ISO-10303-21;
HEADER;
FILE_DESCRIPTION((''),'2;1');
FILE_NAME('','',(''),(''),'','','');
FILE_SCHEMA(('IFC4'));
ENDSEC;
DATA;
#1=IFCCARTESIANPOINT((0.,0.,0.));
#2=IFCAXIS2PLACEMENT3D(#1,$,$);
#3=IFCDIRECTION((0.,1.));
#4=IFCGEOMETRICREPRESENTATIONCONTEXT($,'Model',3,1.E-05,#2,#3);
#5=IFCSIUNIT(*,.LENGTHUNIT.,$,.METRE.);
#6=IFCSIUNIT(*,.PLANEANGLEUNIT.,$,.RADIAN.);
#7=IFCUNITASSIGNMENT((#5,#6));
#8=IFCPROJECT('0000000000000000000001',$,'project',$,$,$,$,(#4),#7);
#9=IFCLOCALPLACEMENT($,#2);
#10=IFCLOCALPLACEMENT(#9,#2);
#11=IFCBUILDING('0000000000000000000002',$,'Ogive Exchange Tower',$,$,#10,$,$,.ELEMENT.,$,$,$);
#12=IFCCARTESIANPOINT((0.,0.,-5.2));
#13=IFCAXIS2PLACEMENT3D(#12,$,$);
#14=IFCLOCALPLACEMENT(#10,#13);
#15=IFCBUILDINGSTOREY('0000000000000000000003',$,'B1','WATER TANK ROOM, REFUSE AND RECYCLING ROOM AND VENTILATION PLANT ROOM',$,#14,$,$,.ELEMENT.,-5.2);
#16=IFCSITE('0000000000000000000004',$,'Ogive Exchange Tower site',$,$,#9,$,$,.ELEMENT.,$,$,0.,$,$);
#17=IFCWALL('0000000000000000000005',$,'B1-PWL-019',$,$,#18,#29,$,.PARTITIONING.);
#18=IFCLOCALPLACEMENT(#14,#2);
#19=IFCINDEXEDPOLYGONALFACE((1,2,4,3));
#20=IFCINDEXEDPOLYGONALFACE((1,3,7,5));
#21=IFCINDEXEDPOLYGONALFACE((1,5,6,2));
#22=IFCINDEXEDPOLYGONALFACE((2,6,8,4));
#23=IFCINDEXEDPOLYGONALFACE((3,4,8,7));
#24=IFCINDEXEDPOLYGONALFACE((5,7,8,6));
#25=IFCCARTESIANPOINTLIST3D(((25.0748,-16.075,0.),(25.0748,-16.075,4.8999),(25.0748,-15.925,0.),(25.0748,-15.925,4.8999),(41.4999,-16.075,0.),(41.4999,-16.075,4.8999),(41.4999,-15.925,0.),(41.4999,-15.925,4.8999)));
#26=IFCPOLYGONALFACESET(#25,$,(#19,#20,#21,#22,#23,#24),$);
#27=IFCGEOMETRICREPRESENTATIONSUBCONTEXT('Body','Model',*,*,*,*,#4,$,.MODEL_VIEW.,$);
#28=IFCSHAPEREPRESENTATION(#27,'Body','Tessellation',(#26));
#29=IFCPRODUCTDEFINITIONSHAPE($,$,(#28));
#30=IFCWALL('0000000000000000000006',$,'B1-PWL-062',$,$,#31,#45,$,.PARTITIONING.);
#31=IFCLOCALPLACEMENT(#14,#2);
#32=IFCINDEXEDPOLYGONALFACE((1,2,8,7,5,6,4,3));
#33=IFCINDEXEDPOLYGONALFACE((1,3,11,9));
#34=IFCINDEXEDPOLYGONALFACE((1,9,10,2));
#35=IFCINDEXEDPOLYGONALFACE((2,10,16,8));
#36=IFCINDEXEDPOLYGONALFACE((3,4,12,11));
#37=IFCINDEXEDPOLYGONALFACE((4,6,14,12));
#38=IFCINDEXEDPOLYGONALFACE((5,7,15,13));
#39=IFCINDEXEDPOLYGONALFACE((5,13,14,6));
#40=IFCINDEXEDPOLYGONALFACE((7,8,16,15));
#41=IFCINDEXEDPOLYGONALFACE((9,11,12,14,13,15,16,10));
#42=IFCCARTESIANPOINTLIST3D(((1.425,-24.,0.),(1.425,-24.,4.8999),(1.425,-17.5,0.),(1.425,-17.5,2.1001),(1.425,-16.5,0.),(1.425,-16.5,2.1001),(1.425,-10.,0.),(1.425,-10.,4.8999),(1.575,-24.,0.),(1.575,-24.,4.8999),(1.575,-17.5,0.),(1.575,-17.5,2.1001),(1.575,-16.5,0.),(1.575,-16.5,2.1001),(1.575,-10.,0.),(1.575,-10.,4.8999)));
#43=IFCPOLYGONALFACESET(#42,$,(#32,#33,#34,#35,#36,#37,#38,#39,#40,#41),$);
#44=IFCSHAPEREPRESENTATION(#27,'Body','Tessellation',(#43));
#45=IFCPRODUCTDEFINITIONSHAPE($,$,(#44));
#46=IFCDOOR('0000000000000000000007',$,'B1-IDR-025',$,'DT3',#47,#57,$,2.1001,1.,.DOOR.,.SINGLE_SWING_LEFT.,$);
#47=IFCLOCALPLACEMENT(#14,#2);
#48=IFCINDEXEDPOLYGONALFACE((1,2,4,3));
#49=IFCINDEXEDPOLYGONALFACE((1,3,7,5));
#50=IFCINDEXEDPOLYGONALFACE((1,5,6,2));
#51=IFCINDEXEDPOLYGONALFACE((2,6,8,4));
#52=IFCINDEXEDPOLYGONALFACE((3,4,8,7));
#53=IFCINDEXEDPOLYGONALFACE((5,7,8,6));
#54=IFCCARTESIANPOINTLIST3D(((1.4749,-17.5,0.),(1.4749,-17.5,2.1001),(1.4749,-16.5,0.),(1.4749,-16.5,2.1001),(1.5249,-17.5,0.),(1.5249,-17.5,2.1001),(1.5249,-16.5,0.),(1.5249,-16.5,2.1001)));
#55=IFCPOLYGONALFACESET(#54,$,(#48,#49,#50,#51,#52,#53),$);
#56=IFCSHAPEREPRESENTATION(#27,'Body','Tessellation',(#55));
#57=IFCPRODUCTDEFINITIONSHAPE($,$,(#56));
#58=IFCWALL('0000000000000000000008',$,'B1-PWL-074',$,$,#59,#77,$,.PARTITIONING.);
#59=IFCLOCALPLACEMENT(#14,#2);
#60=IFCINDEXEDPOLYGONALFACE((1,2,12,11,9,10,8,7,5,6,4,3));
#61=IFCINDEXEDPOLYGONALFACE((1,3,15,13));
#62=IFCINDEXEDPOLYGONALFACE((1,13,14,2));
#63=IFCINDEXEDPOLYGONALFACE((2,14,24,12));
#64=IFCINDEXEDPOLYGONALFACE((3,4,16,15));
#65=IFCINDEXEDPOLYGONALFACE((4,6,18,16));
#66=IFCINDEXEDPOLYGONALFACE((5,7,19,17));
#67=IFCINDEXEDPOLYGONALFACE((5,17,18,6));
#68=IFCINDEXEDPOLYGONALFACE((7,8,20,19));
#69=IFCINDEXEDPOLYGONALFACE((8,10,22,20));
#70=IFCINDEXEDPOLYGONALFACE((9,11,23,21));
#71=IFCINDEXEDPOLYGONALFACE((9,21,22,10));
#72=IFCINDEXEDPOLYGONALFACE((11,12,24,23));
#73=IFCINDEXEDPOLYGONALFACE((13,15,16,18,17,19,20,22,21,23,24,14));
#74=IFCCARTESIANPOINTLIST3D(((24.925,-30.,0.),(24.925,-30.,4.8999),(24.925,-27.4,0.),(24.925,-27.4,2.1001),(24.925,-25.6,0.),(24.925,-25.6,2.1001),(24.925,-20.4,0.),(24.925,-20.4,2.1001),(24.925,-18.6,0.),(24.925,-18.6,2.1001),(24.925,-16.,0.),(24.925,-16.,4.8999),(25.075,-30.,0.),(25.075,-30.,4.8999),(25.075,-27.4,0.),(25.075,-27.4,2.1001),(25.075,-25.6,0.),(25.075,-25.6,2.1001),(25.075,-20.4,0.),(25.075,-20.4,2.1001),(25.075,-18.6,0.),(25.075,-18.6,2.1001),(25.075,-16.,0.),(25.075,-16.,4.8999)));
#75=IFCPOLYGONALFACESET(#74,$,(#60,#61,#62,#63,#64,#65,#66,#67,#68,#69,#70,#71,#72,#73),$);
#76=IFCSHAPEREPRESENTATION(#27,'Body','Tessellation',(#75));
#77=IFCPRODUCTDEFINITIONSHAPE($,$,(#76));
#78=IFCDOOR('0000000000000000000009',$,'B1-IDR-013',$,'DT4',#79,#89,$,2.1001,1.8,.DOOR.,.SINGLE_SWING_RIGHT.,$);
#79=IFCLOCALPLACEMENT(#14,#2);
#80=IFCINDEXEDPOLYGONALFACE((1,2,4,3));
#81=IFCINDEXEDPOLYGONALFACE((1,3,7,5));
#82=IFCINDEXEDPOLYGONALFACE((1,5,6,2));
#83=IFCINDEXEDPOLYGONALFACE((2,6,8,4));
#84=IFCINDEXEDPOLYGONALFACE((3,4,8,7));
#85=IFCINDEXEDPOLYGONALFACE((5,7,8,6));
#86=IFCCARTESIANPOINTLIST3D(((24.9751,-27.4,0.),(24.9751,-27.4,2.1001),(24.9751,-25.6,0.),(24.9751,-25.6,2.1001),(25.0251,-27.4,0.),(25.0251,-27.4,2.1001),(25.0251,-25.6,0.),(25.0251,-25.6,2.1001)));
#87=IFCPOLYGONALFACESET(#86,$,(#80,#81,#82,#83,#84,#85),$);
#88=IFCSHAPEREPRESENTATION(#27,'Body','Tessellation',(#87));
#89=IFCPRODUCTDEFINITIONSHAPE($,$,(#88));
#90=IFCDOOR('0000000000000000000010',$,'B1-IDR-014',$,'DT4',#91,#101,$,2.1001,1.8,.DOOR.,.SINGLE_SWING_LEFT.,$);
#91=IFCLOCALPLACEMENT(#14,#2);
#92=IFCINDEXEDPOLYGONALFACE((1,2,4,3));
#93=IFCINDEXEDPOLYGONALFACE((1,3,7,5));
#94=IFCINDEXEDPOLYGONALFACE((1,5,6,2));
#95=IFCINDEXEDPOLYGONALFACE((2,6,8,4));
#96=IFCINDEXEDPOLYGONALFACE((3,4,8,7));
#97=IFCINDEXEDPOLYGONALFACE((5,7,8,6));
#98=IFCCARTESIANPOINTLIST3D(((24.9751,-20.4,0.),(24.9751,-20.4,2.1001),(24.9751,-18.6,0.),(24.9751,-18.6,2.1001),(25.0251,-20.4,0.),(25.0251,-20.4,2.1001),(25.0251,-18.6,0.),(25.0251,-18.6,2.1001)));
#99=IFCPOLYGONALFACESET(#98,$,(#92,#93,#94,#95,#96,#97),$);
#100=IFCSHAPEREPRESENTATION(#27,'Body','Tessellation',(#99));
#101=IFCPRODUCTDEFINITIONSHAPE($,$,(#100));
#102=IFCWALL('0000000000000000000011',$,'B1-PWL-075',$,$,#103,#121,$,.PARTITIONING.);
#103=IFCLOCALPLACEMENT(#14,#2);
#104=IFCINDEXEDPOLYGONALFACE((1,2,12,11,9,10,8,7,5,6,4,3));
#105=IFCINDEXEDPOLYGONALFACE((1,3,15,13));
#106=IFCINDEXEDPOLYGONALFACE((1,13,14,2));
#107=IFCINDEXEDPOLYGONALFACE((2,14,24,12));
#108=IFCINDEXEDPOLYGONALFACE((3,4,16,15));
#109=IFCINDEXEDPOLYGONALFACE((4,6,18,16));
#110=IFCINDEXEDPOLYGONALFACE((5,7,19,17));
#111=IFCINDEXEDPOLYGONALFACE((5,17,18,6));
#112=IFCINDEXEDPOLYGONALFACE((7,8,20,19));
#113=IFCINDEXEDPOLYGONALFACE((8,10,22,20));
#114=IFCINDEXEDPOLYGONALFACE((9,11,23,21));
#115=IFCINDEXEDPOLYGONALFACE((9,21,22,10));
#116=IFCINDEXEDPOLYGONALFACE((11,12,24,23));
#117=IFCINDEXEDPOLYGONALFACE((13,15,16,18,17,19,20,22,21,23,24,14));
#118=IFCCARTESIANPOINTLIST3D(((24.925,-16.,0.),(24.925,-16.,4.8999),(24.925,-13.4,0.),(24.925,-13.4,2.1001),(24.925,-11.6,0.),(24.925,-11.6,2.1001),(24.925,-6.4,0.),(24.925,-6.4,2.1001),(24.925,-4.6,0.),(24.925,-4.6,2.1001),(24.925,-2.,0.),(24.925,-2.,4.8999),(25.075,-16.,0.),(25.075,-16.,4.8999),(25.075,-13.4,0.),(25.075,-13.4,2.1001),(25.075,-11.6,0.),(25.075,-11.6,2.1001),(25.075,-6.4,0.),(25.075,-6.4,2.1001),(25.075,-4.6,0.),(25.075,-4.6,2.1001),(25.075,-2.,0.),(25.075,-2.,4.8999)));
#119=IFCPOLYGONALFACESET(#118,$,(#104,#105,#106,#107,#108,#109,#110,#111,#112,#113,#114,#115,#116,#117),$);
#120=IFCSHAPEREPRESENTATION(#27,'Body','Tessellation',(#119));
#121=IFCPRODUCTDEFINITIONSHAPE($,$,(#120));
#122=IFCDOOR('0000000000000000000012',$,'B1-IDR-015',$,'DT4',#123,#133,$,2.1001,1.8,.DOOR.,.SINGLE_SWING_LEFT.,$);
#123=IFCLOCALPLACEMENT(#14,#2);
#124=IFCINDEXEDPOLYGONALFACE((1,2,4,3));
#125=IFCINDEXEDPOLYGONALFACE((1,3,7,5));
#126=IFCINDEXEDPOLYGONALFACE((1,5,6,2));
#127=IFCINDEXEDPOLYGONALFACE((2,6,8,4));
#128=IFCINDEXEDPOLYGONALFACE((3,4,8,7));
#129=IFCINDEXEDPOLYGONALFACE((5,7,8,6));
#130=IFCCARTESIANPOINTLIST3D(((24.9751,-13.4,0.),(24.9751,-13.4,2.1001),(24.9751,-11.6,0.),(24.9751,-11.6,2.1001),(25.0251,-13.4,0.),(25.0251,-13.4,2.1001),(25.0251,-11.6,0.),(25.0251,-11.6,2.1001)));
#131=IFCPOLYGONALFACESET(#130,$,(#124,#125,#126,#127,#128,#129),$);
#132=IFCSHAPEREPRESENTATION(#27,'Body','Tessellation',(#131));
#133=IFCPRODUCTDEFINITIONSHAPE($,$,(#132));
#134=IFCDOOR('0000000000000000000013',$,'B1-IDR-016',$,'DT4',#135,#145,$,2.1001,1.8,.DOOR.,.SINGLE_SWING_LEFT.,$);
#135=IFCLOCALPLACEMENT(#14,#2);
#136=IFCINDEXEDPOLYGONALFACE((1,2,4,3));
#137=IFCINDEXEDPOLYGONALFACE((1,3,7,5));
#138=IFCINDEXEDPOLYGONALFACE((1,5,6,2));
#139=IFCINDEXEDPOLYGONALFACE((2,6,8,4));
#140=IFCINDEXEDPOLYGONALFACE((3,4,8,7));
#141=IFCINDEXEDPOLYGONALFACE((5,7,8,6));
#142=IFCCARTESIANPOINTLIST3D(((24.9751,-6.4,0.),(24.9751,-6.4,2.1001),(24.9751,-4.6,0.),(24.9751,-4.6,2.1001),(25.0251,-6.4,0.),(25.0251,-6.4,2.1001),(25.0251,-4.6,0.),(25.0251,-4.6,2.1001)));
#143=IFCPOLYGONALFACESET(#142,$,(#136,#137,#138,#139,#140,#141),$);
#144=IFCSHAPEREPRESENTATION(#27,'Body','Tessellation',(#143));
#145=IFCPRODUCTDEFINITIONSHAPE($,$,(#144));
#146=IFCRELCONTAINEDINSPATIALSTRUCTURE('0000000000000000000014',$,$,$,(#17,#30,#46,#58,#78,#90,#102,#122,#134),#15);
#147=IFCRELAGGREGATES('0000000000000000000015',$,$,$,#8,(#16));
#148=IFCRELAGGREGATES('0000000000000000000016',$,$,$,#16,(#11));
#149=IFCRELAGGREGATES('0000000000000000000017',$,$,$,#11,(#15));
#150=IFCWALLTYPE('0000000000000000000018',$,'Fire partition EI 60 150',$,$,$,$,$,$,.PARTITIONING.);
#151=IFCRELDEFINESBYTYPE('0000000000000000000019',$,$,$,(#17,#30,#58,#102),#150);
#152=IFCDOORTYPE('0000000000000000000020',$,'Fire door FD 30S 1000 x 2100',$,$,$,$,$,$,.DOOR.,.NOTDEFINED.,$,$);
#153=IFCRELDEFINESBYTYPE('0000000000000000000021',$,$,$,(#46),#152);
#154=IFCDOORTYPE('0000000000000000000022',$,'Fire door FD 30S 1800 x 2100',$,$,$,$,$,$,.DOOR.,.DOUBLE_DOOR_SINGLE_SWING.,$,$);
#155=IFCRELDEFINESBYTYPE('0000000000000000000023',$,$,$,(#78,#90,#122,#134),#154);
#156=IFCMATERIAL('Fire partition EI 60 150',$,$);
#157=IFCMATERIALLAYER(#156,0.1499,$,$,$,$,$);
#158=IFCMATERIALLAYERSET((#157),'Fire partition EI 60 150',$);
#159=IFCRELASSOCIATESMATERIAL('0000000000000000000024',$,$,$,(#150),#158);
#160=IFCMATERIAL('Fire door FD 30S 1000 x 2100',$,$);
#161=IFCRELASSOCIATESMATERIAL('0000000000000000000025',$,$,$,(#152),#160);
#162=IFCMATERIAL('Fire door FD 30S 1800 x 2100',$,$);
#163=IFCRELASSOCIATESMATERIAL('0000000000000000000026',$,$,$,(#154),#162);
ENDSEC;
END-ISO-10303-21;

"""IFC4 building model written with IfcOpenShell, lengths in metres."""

from ifc_helpers import new_model, si_unit, direction, frame, frame_2d, origin, place, context, subcontext, project, spatial, rectangle, extrude, material, layer, layer_set, type_object, element, fill, save


model = new_model("IFC4")

# Units and contexts
model_context = context("Model", 3, precision=1e-05, world=origin(), true_north=direction((0.0, 1.0)))
body_context = subcontext(model_context, "Body", "Model", "MODEL_VIEW")
ifc_project = project(units=[si_unit("LENGTHUNIT", "METRE"), si_unit("PLANEANGLEUNIT", "RADIAN")], contexts=[model_context])

# Site, building, storey
site_placement = place(None, origin())
site = spatial("IfcSite", under=ifc_project, at=site_placement, Name="Ogive Exchange Tower site", CompositionType="ELEMENT", RefElevation=0.0)
building_placement = place(site_placement, origin())
building = spatial("IfcBuilding", under=site, at=building_placement, Name="Ogive Exchange Tower", CompositionType="ELEMENT")
storey_placement = place(building_placement, frame((0.0, 0.0, -5.2)))
storey = spatial("IfcBuildingStorey", under=building, at=storey_placement, Name="B1", Description="WATER TANK ROOM, REFUSE AND RECYCLING ROOM AND VENTILATION PLANT ROOM", CompositionType="ELEMENT", Elevation=-5.2)

# Wall
ifc_material_1 = material(Name="Fire partition EI 60 150")
ifc_layer = layer(ifc_material_1, 0.1499)
ifc_layer_set = layer_set([ifc_layer], Name="Fire partition EI 60 150")
wall_type = type_object("IfcWallType", Name="Fire partition EI 60 150", PredefinedType="PARTITIONING", material=ifc_layer_set)
wall_1_placement = place(storey_placement, frame((25.075, -16.0, 0.0), z_axis=(0.0, 0.0, 1.0), x_axis=(1.0, 0.0, 0.0)))
element("IfcWall", 1, at=wall_1_placement, inside=storey, type_object=wall_type, Name="B1-PWL-019", PredefinedType="PARTITIONING", context=body_context, shape_type="SweptSolid", body=[
    extrude(rectangle(XDim=16.425, YDim=0.1499, at=frame_2d((8.2124, 0.0))), origin(), (0.0, 0.0, 1.0), 4.8999),
])

# Wall, opening, door
wall_2_placement = place(storey_placement, frame((1.5, -24.0, 0.0), z_axis=(0.0, 0.0, 1.0), x_axis=(0.0, 1.0, 0.0)))
wall_2 = element("IfcWall", 2, at=wall_2_placement, inside=storey, type_object=wall_type, Name="B1-PWL-062", PredefinedType="PARTITIONING", context=body_context, shape_type="SweptSolid", body=[
    extrude(rectangle(XDim=14.0, YDim=0.1499, at=frame_2d((7.0, 0.0))), origin(), (0.0, 0.0, 1.0), 4.8999),
])
opening_1_placement = place(wall_2_placement, frame((6.5, 0.0, 0.0)))
opening_1 = element("IfcOpeningElement", 3, at=opening_1_placement, cuts=wall_2, PredefinedType="OPENING", context=body_context, shape_type="SweptSolid", body=[
    extrude(rectangle(XDim=1.0, YDim=2.1001, at=frame_2d((0.5, 1.05))), frame((0.0, 0.085, 0.0), z_axis=(0.0, -1.0, 0.0), x_axis=(1.0, 0.0, 0.0)), (0.0, 0.0, 1.0), 0.1699),
])
ifc_material_2 = material(Name="Fire door FD 30S 1000 x 2100")
door_type_1 = type_object("IfcDoorType", Name="Fire door FD 30S 1000 x 2100", OperationType="NOTDEFINED", PredefinedType="DOOR", material=ifc_material_2)
door_1_placement = place(opening_1_placement, frame((1.0, 0.0, 0.0), z_axis=(0.0, 0.0, 1.0), x_axis=(-1.0, 0.0, 0.0)))
door_1 = element("IfcDoor", 4, at=door_1_placement, inside=storey, type_object=door_type_1, Name="B1-IDR-025", ObjectType="DT3", OperationType="SINGLE_SWING_LEFT", OverallHeight=2.1001, OverallWidth=1.0, PredefinedType="DOOR", context=body_context, shape_type="SweptSolid", body=[
    extrude(rectangle(XDim=1.0, YDim=2.1001, at=frame_2d((0.5, 1.05))), frame((0.0, 0.0249, 0.0), z_axis=(0.0, -1.0, 0.0), x_axis=(1.0, 0.0, 0.0)), (0.0, 0.0, 1.0), 0.05),
])
fill(opening_1, door_1)

# Walls, openings, doors
wall_3_placement = place(storey_placement, frame((25.0, -30.0, 0.0), z_axis=(0.0, 0.0, 1.0), x_axis=(0.0, 1.0, 0.0)))
wall_3 = element("IfcWall", 5, at=wall_3_placement, inside=storey, type_object=wall_type, Name="B1-PWL-074", PredefinedType="PARTITIONING", context=body_context, shape_type="SweptSolid", body=[
    extrude(rectangle(XDim=14.0, YDim=0.1499, at=frame_2d((7.0, 0.0))), origin(), (0.0, 0.0, 1.0), 4.8999),
])
opening_2_placement = place(wall_3_placement, frame((2.6001, 0.0, 0.0)))
opening_2 = element("IfcOpeningElement", 6, at=opening_2_placement, cuts=wall_3, PredefinedType="OPENING", context=body_context, shape_type="SweptSolid", body=[
    extrude(rectangle(XDim=1.8, YDim=2.1001, at=frame_2d((0.8999, 1.05))), frame((0.0, 0.085, 0.0), z_axis=(0.0, -1.0, 0.0), x_axis=(1.0, 0.0, 0.0)), (0.0, 0.0, 1.0), 0.1699),
])
opening_3_placement = place(wall_3_placement, frame((9.6001, 0.0, 0.0)))
opening_3 = element("IfcOpeningElement", 7, at=opening_3_placement, cuts=wall_3, PredefinedType="OPENING", context=body_context, shape_type="SweptSolid", body=[
    extrude(rectangle(XDim=1.8, YDim=2.1001, at=frame_2d((0.8999, 1.05))), frame((0.0, 0.085, 0.0), z_axis=(0.0, -1.0, 0.0), x_axis=(1.0, 0.0, 0.0)), (0.0, 0.0, 1.0), 0.1699),
])
ifc_material_3 = material(Name="Fire door FD 30S 1800 x 2100")
door_type_2 = type_object("IfcDoorType", Name="Fire door FD 30S 1800 x 2100", OperationType="DOUBLE_DOOR_SINGLE_SWING", PredefinedType="DOOR", material=ifc_material_3)
door_2_placement = place(opening_2_placement, origin())
door_2 = element("IfcDoor", 8, at=door_2_placement, inside=storey, type_object=door_type_2, Name="B1-IDR-013", ObjectType="DT4", OperationType="SINGLE_SWING_RIGHT", OverallHeight=2.1001, OverallWidth=1.8, PredefinedType="DOOR", context=body_context, shape_type="SweptSolid", body=[
    extrude(rectangle(XDim=1.8, YDim=2.1001, at=frame_2d((0.8999, 1.05))), frame((0.0, 0.0249, 0.0), z_axis=(0.0, -1.0, 0.0), x_axis=(1.0, 0.0, 0.0)), (0.0, 0.0, 1.0), 0.05),
])
fill(opening_2, door_2)
door_3_placement = place(opening_3_placement, origin())
door_3 = element("IfcDoor", 9, at=door_3_placement, inside=storey, type_object=door_type_2, Name="B1-IDR-014", ObjectType="DT4", OperationType="SINGLE_SWING_LEFT", OverallHeight=2.1001, OverallWidth=1.8, PredefinedType="DOOR", context=body_context, shape_type="SweptSolid", body=[
    extrude(rectangle(XDim=1.8, YDim=2.1001, at=frame_2d((0.8999, 1.05))), frame((0.0, 0.0249, 0.0), z_axis=(0.0, -1.0, 0.0), x_axis=(1.0, 0.0, 0.0)), (0.0, 0.0, 1.0), 0.05),
])
fill(opening_3, door_3)
wall_4_placement = place(storey_placement, frame((25.0, -16.0, 0.0), z_axis=(0.0, 0.0, 1.0), x_axis=(0.0, 1.0, 0.0)))
wall_4 = element("IfcWall", 10, at=wall_4_placement, inside=storey, type_object=wall_type, Name="B1-PWL-075", PredefinedType="PARTITIONING", context=body_context, shape_type="SweptSolid", body=[
    extrude(rectangle(XDim=14.0, YDim=0.1499, at=frame_2d((7.0, 0.0))), origin(), (0.0, 0.0, 1.0), 4.8999),
])
opening_4_placement = place(wall_4_placement, frame((2.6001, 0.0, 0.0)))
opening_4 = element("IfcOpeningElement", 11, at=opening_4_placement, cuts=wall_4, PredefinedType="OPENING", context=body_context, shape_type="SweptSolid", body=[
    extrude(rectangle(XDim=1.8, YDim=2.1001, at=frame_2d((0.8999, 1.05))), frame((0.0, 0.085, 0.0), z_axis=(0.0, -1.0, 0.0), x_axis=(1.0, 0.0, 0.0)), (0.0, 0.0, 1.0), 0.1699),
])
opening_5_placement = place(wall_4_placement, frame((9.6001, 0.0, 0.0)))
opening_5 = element("IfcOpeningElement", 12, at=opening_5_placement, cuts=wall_4, PredefinedType="OPENING", context=body_context, shape_type="SweptSolid", body=[
    extrude(rectangle(XDim=1.8, YDim=2.1001, at=frame_2d((0.8999, 1.05))), frame((0.0, 0.085, 0.0), z_axis=(0.0, -1.0, 0.0), x_axis=(1.0, 0.0, 0.0)), (0.0, 0.0, 1.0), 0.1699),
])
door_4_placement = place(opening_4_placement, origin())
door_4 = element("IfcDoor", 13, at=door_4_placement, inside=storey, type_object=door_type_2, Name="B1-IDR-015", ObjectType="DT4", OperationType="SINGLE_SWING_LEFT", OverallHeight=2.1001, OverallWidth=1.8, PredefinedType="DOOR", context=body_context, shape_type="SweptSolid", body=[
    extrude(rectangle(XDim=1.8, YDim=2.1001, at=frame_2d((0.8999, 1.05))), frame((0.0, 0.0249, 0.0), z_axis=(0.0, -1.0, 0.0), x_axis=(1.0, 0.0, 0.0)), (0.0, 0.0, 1.0), 0.05),
])
fill(opening_4, door_4)
door_5_placement = place(opening_5_placement, origin())
door_5 = element("IfcDoor", 14, at=door_5_placement, inside=storey, type_object=door_type_2, Name="B1-IDR-016", ObjectType="DT4", OperationType="SINGLE_SWING_LEFT", OverallHeight=2.1001, OverallWidth=1.8, PredefinedType="DOOR", context=body_context, shape_type="SweptSolid", body=[
    extrude(rectangle(XDim=1.8, YDim=2.1001, at=frame_2d((0.8999, 1.05))), frame((0.0, 0.0249, 0.0), z_axis=(0.0, -1.0, 0.0), x_axis=(1.0, 0.0, 0.0)), (0.0, 0.0, 1.0), 0.05),
])
fill(opening_5, door_5)

save(model, "model.ifc")
